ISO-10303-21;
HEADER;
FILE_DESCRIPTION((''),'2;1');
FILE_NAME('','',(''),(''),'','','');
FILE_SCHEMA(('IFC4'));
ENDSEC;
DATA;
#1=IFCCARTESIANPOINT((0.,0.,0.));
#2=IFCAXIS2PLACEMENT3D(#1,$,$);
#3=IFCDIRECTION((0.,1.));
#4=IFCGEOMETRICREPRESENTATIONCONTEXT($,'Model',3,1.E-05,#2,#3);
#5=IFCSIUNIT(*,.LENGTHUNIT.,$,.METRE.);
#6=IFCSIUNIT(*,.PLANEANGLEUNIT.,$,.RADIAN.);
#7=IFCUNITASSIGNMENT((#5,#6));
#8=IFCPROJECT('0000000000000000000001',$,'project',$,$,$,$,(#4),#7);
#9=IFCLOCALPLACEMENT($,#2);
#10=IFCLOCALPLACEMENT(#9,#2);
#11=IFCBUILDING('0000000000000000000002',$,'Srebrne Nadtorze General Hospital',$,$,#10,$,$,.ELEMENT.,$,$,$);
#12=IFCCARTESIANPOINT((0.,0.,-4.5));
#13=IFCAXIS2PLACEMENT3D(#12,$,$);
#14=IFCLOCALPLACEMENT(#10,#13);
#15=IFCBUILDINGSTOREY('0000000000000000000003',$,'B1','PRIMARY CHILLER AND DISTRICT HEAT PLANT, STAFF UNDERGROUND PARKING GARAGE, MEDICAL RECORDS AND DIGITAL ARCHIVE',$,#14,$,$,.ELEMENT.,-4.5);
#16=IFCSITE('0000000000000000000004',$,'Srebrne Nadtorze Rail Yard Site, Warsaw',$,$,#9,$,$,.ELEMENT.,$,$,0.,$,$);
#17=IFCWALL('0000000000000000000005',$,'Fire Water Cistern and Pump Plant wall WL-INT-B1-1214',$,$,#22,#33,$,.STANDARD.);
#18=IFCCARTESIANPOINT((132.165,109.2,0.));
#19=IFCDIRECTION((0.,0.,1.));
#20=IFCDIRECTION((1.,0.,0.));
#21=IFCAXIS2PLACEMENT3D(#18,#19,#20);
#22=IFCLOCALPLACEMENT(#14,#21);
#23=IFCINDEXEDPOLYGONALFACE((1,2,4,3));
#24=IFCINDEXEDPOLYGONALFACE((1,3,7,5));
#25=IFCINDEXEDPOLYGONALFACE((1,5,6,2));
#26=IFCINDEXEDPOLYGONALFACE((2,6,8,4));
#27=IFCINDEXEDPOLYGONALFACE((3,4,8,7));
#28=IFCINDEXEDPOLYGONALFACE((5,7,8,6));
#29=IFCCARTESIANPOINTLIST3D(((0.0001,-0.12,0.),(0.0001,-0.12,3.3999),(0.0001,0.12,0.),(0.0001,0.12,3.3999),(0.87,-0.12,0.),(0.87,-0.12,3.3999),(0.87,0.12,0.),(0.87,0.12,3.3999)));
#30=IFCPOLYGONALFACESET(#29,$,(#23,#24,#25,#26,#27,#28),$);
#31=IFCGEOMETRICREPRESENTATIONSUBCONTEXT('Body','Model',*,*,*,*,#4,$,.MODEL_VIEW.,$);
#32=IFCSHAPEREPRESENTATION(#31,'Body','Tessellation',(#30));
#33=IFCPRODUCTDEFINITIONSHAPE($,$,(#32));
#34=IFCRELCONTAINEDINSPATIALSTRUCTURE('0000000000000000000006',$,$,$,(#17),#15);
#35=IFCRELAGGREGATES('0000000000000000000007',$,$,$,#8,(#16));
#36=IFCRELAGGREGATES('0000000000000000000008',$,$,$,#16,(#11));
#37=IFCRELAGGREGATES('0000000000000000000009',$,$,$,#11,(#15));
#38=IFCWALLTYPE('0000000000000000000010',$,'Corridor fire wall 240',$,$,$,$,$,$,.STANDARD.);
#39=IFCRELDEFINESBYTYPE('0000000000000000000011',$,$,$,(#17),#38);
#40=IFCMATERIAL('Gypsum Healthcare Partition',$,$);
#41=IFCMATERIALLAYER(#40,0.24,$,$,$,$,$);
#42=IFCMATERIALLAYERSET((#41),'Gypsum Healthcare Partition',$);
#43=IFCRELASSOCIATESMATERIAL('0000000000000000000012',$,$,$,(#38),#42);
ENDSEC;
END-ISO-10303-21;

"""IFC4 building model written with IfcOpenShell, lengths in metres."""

from ifc_helpers import new_model, si_unit, direction, frame, frame_2d, origin, place, context, subcontext, project, spatial, rectangle, extrude, material, layer, layer_set, type_object, element, save


model = new_model("IFC4")

# Units and contexts
model_context = context("Model", 3, precision=1e-05, world=origin(), true_north=direction((0.0, 1.0)))
body_context = subcontext(model_context, "Body", "Model", "MODEL_VIEW")
ifc_project = project(units=[si_unit("LENGTHUNIT", "METRE"), si_unit("PLANEANGLEUNIT", "RADIAN")], contexts=[model_context])

# Site, building, storey
site_placement = place(None, origin())
site = spatial("IfcSite", under=ifc_project, at=site_placement, Name="Srebrne Nadtorze Rail Yard Site, Warsaw", CompositionType="ELEMENT", RefElevation=0.0)
building_placement = place(site_placement, origin())
building = spatial("IfcBuilding", under=site, at=building_placement, Name="Srebrne Nadtorze General Hospital", CompositionType="ELEMENT")
storey_placement = place(building_placement, frame((0.0, 0.0, -4.5)))
storey = spatial("IfcBuildingStorey", under=building, at=storey_placement, Name="B1", Description="PRIMARY CHILLER AND DISTRICT HEAT PLANT, STAFF UNDERGROUND PARKING GARAGE, MEDICAL RECORDS AND DIGITAL ARCHIVE", CompositionType="ELEMENT", Elevation=-4.5)

# Wall
ifc_material_1 = material(Name="Gypsum Healthcare Partition")
ifc_layer_1 = layer(ifc_material_1, 0.24)
ifc_layer_set_1 = layer_set([ifc_layer_1], Name="Gypsum Healthcare Partition")
wall_type_1 = type_object("IfcWallType", Name="Corridor fire wall 240", PredefinedType="STANDARD", material=ifc_layer_set_1)
for number, where, z_axis, x_axis, name in (
    (1, (132.165, 109.2, 0.0), (0.0, 0.0, 1.0), (1.0, 0.0, 0.0), "Fire Water Cistern and Pump Plant wall WL-INT-B1-1214"),
):
    element("IfcWall", number, at=place(storey_placement, frame(where, z_axis=z_axis, x_axis=x_axis)), inside=storey, type_object=wall_type_1, Name=name, PredefinedType="STANDARD", context=body_context, shape_type="SweptSolid", body=[
        extrude(rectangle(XDim=0.8699, YDim=0.24, at=frame_2d((0.4351, 0.0))), origin(), (0.0, 0.0, 1.0), 3.3999),
    ])

save(model, "model.ifc")
